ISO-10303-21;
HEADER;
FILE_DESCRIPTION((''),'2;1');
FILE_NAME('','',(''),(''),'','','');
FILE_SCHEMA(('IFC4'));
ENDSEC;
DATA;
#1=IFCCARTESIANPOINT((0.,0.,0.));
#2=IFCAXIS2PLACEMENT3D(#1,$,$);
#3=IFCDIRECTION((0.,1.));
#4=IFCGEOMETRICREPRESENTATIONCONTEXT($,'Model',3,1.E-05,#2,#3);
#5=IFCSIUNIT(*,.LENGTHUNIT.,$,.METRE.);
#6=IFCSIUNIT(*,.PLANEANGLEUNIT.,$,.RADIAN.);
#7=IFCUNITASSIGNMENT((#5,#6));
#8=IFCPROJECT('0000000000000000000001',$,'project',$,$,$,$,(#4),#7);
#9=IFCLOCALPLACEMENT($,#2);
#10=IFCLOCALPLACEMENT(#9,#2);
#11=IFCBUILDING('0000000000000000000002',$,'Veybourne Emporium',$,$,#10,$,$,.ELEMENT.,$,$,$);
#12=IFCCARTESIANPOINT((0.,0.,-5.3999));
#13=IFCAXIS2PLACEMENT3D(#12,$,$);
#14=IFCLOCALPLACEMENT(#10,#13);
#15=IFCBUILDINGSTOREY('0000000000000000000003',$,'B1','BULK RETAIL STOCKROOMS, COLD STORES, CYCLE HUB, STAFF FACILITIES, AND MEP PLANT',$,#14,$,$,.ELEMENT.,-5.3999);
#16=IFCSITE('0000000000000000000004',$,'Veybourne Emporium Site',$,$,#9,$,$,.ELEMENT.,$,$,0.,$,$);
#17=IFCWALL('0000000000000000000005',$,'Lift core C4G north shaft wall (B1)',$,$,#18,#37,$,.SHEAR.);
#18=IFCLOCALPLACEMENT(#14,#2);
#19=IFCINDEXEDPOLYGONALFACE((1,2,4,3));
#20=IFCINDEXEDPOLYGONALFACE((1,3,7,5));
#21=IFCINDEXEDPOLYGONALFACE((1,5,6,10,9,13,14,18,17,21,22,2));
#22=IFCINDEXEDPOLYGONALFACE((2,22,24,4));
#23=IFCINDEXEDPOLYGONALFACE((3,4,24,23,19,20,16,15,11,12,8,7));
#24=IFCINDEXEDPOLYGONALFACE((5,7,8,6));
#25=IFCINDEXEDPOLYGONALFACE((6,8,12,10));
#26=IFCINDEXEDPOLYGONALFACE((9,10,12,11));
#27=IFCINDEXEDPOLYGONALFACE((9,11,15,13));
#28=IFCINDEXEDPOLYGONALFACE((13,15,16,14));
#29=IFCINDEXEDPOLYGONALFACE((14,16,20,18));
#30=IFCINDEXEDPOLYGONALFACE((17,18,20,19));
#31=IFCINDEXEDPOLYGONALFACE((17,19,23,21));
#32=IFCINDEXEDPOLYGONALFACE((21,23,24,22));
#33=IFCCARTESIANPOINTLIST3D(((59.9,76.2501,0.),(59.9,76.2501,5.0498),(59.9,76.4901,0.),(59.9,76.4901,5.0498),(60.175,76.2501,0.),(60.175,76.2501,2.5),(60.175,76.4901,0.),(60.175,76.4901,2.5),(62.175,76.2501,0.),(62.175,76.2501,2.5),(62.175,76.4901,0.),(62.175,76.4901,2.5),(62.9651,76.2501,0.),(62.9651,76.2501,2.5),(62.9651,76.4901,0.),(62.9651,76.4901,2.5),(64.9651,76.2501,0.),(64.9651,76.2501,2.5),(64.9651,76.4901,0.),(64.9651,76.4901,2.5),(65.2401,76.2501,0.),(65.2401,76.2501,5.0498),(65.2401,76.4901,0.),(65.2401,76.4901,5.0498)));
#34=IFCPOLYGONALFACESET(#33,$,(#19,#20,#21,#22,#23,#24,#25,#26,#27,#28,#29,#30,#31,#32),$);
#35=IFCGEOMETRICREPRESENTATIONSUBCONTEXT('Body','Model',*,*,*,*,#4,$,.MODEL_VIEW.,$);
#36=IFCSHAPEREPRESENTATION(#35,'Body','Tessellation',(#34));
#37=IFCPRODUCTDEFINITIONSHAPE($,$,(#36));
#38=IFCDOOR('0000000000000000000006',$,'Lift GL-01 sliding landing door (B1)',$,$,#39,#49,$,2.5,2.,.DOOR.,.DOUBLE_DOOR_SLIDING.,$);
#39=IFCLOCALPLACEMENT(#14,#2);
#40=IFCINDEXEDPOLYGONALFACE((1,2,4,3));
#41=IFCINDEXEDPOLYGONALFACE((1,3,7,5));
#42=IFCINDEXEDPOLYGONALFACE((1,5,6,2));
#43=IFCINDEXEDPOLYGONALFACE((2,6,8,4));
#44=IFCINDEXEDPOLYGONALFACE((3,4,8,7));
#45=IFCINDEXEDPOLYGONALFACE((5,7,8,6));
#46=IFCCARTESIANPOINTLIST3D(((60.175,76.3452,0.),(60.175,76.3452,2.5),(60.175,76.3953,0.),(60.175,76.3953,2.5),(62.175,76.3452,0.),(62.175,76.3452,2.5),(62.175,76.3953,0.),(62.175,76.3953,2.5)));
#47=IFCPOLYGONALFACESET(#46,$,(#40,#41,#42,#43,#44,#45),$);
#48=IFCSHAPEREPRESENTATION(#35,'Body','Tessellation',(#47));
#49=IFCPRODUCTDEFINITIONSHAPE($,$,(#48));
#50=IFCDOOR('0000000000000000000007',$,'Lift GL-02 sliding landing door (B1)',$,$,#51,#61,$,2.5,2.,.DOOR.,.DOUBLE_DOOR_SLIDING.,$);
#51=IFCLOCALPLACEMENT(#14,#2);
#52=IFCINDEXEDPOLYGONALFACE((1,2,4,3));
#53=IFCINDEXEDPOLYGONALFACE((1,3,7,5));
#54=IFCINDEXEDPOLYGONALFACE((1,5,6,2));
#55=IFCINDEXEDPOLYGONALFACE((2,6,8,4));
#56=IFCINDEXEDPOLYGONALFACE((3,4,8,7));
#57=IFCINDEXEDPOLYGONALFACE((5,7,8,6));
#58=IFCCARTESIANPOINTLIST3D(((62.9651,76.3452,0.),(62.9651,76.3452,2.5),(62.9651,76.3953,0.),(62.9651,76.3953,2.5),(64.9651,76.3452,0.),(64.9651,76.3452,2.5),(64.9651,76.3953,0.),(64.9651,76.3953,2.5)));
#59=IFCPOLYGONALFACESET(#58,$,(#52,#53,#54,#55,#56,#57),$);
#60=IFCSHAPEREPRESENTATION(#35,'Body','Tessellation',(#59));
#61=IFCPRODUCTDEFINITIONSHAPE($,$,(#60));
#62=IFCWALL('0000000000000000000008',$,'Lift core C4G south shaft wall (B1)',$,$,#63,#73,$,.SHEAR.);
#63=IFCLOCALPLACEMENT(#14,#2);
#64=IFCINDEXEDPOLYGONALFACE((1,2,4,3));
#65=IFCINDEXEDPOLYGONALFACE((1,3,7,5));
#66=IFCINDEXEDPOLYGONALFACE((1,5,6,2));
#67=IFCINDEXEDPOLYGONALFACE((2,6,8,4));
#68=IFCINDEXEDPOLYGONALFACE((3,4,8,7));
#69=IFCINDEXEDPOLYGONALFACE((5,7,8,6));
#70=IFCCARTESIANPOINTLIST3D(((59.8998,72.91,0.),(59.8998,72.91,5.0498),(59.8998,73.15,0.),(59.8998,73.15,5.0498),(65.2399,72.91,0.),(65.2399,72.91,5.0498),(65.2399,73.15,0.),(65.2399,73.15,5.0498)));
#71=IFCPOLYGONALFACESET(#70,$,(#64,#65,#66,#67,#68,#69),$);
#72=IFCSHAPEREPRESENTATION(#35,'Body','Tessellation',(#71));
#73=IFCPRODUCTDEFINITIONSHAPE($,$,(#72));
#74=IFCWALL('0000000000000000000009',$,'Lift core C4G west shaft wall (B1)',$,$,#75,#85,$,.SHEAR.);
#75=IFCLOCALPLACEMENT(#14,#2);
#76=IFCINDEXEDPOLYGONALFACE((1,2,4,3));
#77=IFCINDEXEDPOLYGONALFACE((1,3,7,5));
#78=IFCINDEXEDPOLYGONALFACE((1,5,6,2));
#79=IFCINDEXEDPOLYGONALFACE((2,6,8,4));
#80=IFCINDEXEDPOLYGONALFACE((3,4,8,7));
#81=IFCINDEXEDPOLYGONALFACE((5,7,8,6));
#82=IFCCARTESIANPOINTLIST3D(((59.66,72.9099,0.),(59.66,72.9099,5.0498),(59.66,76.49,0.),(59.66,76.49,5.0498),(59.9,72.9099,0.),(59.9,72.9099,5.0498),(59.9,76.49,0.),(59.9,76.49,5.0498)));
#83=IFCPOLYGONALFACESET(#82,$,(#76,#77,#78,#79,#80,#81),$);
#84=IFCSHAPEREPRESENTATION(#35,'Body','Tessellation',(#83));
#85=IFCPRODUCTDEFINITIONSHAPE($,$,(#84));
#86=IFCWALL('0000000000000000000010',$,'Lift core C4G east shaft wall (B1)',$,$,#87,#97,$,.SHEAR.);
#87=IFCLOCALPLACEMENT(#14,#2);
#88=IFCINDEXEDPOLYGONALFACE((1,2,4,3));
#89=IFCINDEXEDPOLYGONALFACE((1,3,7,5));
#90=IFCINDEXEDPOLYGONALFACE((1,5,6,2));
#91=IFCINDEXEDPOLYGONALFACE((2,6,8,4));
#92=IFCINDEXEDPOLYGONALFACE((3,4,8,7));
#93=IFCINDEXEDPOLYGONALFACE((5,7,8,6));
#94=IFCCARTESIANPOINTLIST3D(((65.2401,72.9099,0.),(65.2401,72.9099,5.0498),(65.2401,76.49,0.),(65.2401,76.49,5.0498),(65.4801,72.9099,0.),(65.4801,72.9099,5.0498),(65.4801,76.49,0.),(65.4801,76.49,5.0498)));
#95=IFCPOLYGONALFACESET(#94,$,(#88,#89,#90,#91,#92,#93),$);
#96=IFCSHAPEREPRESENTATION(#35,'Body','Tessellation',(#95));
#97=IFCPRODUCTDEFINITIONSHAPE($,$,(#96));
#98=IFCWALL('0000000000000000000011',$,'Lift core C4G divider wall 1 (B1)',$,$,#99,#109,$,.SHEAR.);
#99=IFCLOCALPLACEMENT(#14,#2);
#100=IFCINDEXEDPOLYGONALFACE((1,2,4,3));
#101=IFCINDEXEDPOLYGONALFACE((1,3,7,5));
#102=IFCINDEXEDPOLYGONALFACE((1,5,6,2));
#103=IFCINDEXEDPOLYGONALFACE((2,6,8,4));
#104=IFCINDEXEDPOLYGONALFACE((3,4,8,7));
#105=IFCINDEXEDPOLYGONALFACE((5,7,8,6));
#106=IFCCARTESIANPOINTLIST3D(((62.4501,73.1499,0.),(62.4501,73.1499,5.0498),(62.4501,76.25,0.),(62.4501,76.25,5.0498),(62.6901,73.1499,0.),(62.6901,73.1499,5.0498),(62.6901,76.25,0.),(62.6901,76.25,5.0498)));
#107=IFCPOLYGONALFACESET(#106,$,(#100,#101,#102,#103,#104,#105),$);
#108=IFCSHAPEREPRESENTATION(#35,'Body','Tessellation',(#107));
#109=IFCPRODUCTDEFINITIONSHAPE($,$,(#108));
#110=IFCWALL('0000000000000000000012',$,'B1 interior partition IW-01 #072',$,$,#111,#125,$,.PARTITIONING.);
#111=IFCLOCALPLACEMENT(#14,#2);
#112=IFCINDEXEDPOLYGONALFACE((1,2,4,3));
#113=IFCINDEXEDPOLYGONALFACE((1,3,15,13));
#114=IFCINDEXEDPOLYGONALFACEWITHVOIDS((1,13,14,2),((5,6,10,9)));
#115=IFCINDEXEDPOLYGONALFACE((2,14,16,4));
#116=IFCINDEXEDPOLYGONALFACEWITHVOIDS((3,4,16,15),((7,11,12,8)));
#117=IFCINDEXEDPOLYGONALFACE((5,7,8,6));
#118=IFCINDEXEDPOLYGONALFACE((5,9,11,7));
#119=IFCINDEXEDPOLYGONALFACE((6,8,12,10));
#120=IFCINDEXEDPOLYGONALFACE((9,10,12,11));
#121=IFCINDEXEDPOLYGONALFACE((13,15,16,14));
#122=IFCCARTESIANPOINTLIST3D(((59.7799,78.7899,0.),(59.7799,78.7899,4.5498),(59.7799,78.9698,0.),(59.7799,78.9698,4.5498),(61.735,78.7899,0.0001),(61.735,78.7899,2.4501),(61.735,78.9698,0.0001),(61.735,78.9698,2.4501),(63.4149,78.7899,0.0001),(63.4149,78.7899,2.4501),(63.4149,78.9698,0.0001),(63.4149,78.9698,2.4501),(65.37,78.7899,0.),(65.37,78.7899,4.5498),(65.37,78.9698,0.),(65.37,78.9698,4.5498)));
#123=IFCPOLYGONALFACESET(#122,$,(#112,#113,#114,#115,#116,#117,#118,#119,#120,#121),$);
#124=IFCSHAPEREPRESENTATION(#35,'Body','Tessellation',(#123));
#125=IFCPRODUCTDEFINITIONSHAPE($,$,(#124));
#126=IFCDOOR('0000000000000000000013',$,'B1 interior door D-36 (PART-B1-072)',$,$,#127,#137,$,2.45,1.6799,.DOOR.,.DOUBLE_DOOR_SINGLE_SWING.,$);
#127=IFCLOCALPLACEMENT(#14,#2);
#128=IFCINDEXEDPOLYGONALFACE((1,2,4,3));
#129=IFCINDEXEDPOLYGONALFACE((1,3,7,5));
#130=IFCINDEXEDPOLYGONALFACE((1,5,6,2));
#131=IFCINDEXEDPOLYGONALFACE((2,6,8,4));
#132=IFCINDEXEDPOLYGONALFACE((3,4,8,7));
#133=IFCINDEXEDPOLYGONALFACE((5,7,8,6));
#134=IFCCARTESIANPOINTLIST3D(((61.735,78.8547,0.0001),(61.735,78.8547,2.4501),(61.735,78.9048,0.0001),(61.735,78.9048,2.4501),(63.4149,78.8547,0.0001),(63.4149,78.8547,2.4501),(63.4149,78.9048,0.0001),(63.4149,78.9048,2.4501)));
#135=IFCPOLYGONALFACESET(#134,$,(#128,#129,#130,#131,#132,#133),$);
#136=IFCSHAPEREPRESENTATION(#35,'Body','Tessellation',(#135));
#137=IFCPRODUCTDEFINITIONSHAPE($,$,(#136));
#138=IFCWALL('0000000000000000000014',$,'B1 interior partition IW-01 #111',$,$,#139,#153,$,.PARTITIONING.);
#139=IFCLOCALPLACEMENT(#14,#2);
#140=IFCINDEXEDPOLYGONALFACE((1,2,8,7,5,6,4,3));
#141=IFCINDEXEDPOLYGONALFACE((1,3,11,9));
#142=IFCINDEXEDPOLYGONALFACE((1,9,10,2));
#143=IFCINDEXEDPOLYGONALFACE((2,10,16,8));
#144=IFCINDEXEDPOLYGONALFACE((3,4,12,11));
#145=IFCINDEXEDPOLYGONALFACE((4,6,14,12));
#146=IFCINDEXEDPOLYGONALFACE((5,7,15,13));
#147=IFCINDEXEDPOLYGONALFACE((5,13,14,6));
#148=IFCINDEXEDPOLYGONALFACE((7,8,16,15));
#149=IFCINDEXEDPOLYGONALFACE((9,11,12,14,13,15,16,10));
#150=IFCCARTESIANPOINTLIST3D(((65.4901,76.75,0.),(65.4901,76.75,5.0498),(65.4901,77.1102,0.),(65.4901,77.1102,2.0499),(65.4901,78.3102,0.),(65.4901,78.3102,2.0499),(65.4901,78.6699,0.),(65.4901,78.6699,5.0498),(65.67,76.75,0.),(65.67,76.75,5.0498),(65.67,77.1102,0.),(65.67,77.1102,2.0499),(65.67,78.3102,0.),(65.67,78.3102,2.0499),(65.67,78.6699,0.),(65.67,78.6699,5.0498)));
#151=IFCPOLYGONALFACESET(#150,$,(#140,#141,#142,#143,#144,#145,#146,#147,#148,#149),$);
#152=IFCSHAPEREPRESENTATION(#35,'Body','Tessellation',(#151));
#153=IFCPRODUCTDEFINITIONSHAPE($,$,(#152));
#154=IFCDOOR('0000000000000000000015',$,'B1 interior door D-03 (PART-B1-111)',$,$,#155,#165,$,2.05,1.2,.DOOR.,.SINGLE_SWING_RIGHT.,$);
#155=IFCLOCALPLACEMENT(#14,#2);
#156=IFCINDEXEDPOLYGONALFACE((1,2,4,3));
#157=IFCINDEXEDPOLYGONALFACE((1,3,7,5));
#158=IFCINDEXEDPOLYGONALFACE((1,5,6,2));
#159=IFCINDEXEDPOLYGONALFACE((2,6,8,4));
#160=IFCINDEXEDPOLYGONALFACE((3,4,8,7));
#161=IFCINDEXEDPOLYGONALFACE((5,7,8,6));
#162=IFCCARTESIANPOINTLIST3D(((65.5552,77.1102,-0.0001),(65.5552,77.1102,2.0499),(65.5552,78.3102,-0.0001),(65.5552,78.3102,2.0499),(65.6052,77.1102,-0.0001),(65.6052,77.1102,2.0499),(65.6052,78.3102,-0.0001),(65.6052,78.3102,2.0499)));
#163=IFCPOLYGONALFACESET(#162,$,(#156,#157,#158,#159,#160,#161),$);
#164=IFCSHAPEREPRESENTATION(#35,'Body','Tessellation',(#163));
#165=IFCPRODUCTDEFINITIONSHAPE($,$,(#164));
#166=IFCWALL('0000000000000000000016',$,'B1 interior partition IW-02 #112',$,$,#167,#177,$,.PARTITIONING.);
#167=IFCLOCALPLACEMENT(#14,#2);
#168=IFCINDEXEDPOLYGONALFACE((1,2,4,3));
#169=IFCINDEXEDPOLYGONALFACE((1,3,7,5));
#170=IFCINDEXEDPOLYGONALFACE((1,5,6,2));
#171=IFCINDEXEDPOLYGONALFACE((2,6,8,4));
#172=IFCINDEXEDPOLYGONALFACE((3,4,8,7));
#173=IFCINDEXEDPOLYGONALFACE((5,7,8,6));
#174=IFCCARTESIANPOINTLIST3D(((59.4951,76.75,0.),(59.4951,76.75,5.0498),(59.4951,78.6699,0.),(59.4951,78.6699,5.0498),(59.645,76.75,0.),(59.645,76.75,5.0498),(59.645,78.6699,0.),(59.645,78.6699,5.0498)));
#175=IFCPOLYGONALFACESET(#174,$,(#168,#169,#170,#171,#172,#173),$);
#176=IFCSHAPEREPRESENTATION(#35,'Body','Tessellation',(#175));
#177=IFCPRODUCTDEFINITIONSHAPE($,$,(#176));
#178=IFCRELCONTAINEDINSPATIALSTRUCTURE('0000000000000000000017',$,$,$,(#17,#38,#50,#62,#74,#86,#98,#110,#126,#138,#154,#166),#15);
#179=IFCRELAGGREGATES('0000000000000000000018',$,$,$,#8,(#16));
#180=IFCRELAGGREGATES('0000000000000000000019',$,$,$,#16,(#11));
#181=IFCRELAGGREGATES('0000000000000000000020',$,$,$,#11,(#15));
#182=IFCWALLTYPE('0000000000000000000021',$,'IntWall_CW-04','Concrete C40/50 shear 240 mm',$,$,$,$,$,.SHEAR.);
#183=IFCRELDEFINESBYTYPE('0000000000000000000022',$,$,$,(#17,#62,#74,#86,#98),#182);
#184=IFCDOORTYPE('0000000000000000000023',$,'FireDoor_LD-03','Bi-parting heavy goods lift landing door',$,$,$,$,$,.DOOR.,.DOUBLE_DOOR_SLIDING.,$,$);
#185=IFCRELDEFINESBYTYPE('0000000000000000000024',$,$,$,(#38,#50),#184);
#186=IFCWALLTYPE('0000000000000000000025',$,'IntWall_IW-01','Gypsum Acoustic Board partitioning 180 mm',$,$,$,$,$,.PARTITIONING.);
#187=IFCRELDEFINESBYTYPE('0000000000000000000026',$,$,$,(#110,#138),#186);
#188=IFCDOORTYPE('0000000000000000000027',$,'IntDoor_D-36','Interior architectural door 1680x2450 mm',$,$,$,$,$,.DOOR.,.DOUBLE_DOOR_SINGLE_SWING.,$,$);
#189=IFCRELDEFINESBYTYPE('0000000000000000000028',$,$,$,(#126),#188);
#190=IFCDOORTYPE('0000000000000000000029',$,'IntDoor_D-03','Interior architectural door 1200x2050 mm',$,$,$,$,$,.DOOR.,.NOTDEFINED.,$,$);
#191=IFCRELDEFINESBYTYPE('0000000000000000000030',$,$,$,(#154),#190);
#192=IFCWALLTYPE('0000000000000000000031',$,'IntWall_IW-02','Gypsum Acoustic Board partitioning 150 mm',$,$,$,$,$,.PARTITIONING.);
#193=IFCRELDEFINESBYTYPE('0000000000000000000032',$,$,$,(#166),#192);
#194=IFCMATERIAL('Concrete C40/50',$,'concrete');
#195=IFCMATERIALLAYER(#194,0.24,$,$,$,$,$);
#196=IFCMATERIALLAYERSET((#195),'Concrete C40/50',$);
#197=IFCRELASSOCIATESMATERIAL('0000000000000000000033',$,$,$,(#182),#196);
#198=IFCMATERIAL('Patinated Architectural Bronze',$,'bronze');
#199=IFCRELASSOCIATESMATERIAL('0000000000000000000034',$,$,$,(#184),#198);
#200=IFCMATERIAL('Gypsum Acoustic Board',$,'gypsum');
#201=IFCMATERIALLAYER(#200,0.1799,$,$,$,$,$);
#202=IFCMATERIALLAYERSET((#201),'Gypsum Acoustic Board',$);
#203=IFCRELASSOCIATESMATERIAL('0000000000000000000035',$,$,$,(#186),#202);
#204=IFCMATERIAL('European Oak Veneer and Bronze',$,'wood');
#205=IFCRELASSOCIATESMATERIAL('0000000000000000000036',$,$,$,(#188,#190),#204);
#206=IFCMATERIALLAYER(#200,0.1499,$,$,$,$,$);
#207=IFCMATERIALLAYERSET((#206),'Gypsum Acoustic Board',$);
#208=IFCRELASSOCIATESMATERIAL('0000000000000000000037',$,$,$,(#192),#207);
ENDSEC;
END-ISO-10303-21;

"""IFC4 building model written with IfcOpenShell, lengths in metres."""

from ifc_helpers import new_model, si_unit, direction, frame, frame_2d, origin, place, context, subcontext, project, spatial, rectangle, extrude, material, layer, layer_set, type_object, element, fill, save


model = new_model("IFC4")

# Units and contexts
model_context = context("Model", 3, precision=1e-05, world=origin(), true_north=direction((0.0, 1.0)))
body_context = subcontext(model_context, "Body", "Model", "MODEL_VIEW")
ifc_project = project(units=[si_unit("LENGTHUNIT", "METRE"), si_unit("PLANEANGLEUNIT", "RADIAN")], contexts=[model_context])

# Site, building, storey
site_placement = place(None, origin())
site = spatial("IfcSite", under=ifc_project, at=site_placement, Name="Veybourne Emporium Site", CompositionType="ELEMENT", RefElevation=0.0)
building_placement = place(site_placement, origin())
building = spatial("IfcBuilding", under=site, at=building_placement, Name="Veybourne Emporium", CompositionType="ELEMENT")
storey_placement = place(building_placement, frame((0.0, 0.0, -5.3999)))
storey = spatial("IfcBuildingStorey", under=building, at=storey_placement, Name="B1", Description="BULK RETAIL STOCKROOMS, COLD STORES, CYCLE HUB, STAFF FACILITIES, AND MEP PLANT", CompositionType="ELEMENT", Elevation=-5.3999)

# Shared definitions
ifc_material_1 = material(Name="Concrete C40/50", Category="concrete")

# Wall, openings, doors
ifc_layer_1 = layer(ifc_material_1, 0.24)
ifc_layer_set_1 = layer_set([ifc_layer_1], Name="Concrete C40/50")
wall_type_1 = type_object("IfcWallType", Name="IntWall_CW-04", Description="Concrete C40/50 shear 240 mm", PredefinedType="SHEAR", material=ifc_layer_set_1)
wall_1_placement = place(storey_placement, frame((65.24, 76.3701, 0.0), z_axis=(0.0, 0.0, 1.0), x_axis=(-1.0, 0.0, 0.0)))
wall_1 = element("IfcWall", 1, at=wall_1_placement, inside=storey, type_object=wall_type_1, Name="Lift core C4G north shaft wall (B1)", PredefinedType="SHEAR", context=body_context, shape_type="SweptSolid", body=[
    extrude(rectangle(XDim=5.3401, YDim=0.24, at=frame_2d((2.6699, 0.0))), origin(), (0.0, 0.0, 1.0), 5.0498),
])
opening_1_placement = place(wall_1_placement, frame((3.0649, 0.0, 0.0)))
opening_1 = element("IfcOpeningElement", 2, at=opening_1_placement, cuts=wall_1, PredefinedType="OPENING", context=body_context, shape_type="SweptSolid", body=[
    extrude(rectangle(XDim=2.0, YDim=2.5, at=frame_2d((1.0, 1.25))), frame((0.0, 0.1401, 0.0), z_axis=(0.0, -1.0, 0.0), x_axis=(1.0, 0.0, 0.0)), (0.0, 0.0, 1.0), 0.28),
])
opening_2_placement = place(wall_1_placement, frame((0.2749, 0.0, 0.0)))
opening_2 = element("IfcOpeningElement", 3, at=opening_2_placement, cuts=wall_1, PredefinedType="OPENING", context=body_context, shape_type="SweptSolid", body=[
    extrude(rectangle(XDim=2.0, YDim=2.5, at=frame_2d((1.0, 1.25))), frame((0.0, 0.1401, 0.0), z_axis=(0.0, -1.0, 0.0), x_axis=(1.0, 0.0, 0.0)), (0.0, 0.0, 1.0), 0.28),
])
ifc_material_2 = material(Name="Patinated Architectural Bronze", Category="bronze")
door_type_1 = type_object("IfcDoorType", Name="FireDoor_LD-03", Description="Bi-parting heavy goods lift landing door", OperationType="DOUBLE_DOOR_SLIDING", PredefinedType="DOOR", material=ifc_material_2)
door_1_placement = place(opening_1_placement, origin())
door_1 = element("IfcDoor", 4, at=door_1_placement, inside=storey, type_object=door_type_1, Name="Lift GL-01 sliding landing door (B1)", OperationType="DOUBLE_DOOR_SLIDING", OverallHeight=2.5, OverallWidth=2.0, PredefinedType="DOOR", context=body_context, shape_type="SweptSolid", body=[
    extrude(rectangle(XDim=2.0, YDim=2.5, at=frame_2d((1.0, 1.25))), frame((0.0, 0.0249, 0.0), z_axis=(0.0, -1.0, 0.0), x_axis=(1.0, 0.0, 0.0)), (0.0, 0.0, 1.0), 0.05),
])
fill(opening_1, door_1)
door_2_placement = place(opening_2_placement, origin())
door_2 = element("IfcDoor", 5, at=door_2_placement, inside=storey, type_object=door_type_1, Name="Lift GL-02 sliding landing door (B1)", OperationType="DOUBLE_DOOR_SLIDING", OverallHeight=2.5, OverallWidth=2.0, PredefinedType="DOOR", context=body_context, shape_type="SweptSolid", body=[
    extrude(rectangle(XDim=2.0, YDim=2.5, at=frame_2d((1.0, 1.25))), frame((0.0, 0.0249, 0.0), z_axis=(0.0, -1.0, 0.0), x_axis=(1.0, 0.0, 0.0)), (0.0, 0.0, 1.0), 0.05),
])
fill(opening_2, door_2)

# Walls
wall_2_placement = place(storey_placement, frame((59.8999, 73.03, 0.0), z_axis=(0.0, 0.0, 1.0), x_axis=(1.0, 0.0, 0.0)))
element("IfcWall", 6, at=wall_2_placement, inside=storey, type_object=wall_type_1, Name="Lift core C4G south shaft wall (B1)", PredefinedType="SHEAR", context=body_context, shape_type="SweptSolid", body=[
    extrude(rectangle(XDim=5.3401, YDim=0.24, at=frame_2d((2.6699, 0.0))), origin(), (0.0, 0.0, 1.0), 5.0498),
])
for number, where, z_axis, x_axis, name in (
    (7, (59.78, 76.49, 0.0), (0.0, 0.0, 1.0), (0.0, -1.0, 0.0), "Lift core C4G west shaft wall (B1)"),
    (8, (65.3601, 72.9099, 0.0), (0.0, 0.0, 1.0), (0.0, 1.0, 0.0), "Lift core C4G east shaft wall (B1)"),
):
    element("IfcWall", number, at=place(storey_placement, frame(where, z_axis=z_axis, x_axis=x_axis)), inside=storey, type_object=wall_type_1, Name=name, PredefinedType="SHEAR", context=body_context, shape_type="SweptSolid", body=[
        extrude(rectangle(XDim=3.5801, YDim=0.24, at=frame_2d((1.79, 0.0))), origin(), (0.0, 0.0, 1.0), 5.0498),
    ])
wall_3_placement = place(storey_placement, frame((62.5701, 73.1499, 0.0), z_axis=(0.0, 0.0, 1.0), x_axis=(0.0, 1.0, 0.0)))
element("IfcWall", 9, at=wall_3_placement, inside=storey, type_object=wall_type_1, Name="Lift core C4G divider wall 1 (B1)", PredefinedType="SHEAR", context=body_context, shape_type="SweptSolid", body=[
    extrude(rectangle(XDim=3.1001, YDim=0.24, at=frame_2d((1.55, 0.0))), origin(), (0.0, 0.0, 1.0), 5.0498),
])

# Walls, openings, doors
ifc_material_3 = material(Name="Gypsum Acoustic Board", Category="gypsum")
ifc_layer_2 = layer(ifc_material_3, 0.1799)
ifc_layer_set_2 = layer_set([ifc_layer_2], Name="Gypsum Acoustic Board")
wall_type_2 = type_object("IfcWallType", Name="IntWall_IW-01", Description="Gypsum Acoustic Board partitioning 180 mm", PredefinedType="PARTITIONING", material=ifc_layer_set_2)
wall_4_placement = place(storey_placement, frame((59.78, 78.8799, 0.0), z_axis=(0.0, 0.0, 1.0), x_axis=(1.0, 0.0, 0.0)))
wall_4 = element("IfcWall", 10, at=wall_4_placement, inside=storey, type_object=wall_type_2, Name="B1 interior partition IW-01 #072", PredefinedType="PARTITIONING", context=body_context, shape_type="SweptSolid", body=[
    extrude(rectangle(XDim=5.5901, YDim=0.1799, at=frame_2d((2.7949, 0.0))), origin(), (0.0, 0.0, 1.0), 4.5498),
])
opening_3_placement = place(wall_4_placement, frame((1.9551, 0.0, 0.0)))
opening_3 = element("IfcOpeningElement", 11, at=opening_3_placement, cuts=wall_4, PredefinedType="OPENING", context=body_context, shape_type="SweptSolid", body=[
    extrude(rectangle(XDim=1.6799, YDim=2.45, at=frame_2d((0.8398, 1.2251))), frame((0.0, 0.1099, 0.0), z_axis=(0.0, -1.0, 0.0), x_axis=(1.0, 0.0, 0.0)), (0.0, 0.0, 1.0), 0.22),
])
ifc_material_4 = material(Name="European Oak Veneer and Bronze", Category="wood")
door_type_2 = type_object("IfcDoorType", Name="IntDoor_D-36", Description="Interior architectural door 1680x2450 mm", OperationType="DOUBLE_DOOR_SINGLE_SWING", PredefinedType="DOOR", material=ifc_material_4)
door_3_placement = place(opening_3_placement, origin())
door_3 = element("IfcDoor", 12, at=door_3_placement, inside=storey, type_object=door_type_2, Name="B1 interior door D-36 (PART-B1-072)", OperationType="DOUBLE_DOOR_SINGLE_SWING", OverallHeight=2.45, OverallWidth=1.6799, PredefinedType="DOOR", context=body_context, shape_type="SweptSolid", body=[
    extrude(rectangle(XDim=1.6799, YDim=2.45, at=frame_2d((0.8398, 1.2251))), frame((0.0, 0.0249, 0.0), z_axis=(0.0, -1.0, 0.0), x_axis=(1.0, 0.0, 0.0)), (0.0, 0.0, 1.0), 0.05),
])
fill(opening_3, door_3)
wall_5_placement = place(storey_placement, frame((65.5801, 76.75, 0.0), z_axis=(0.0, 0.0, 1.0), x_axis=(0.0, 1.0, 0.0)))
wall_5 = element("IfcWall", 13, at=wall_5_placement, inside=storey, type_object=wall_type_2, Name="B1 interior partition IW-01 #111", PredefinedType="PARTITIONING", context=body_context, shape_type="SweptSolid", body=[
    extrude(rectangle(XDim=1.9199, YDim=0.1799, at=frame_2d((0.96, 0.0))), origin(), (0.0, 0.0, 1.0), 5.0498),
])
opening_4_placement = place(wall_5_placement, frame((0.3601, 0.0, 0.0)))
opening_4 = element("IfcOpeningElement", 14, at=opening_4_placement, cuts=wall_5, PredefinedType="OPENING", context=body_context, shape_type="SweptSolid", body=[
    extrude(rectangle(XDim=1.2, YDim=2.05, at=frame_2d((0.6001, 1.0249))), frame((0.0, 0.1099, 0.0), z_axis=(0.0, -1.0, 0.0), x_axis=(1.0, 0.0, 0.0)), (0.0, 0.0, 1.0), 0.22),
])
door_type_3 = type_object("IfcDoorType", Name="IntDoor_D-03", Description="Interior architectural door 1200x2050 mm", OperationType="NOTDEFINED", PredefinedType="DOOR", material=ifc_material_4)
door_4_placement = place(opening_4_placement, origin())
door_4 = element("IfcDoor", 15, at=door_4_placement, inside=storey, type_object=door_type_3, Name="B1 interior door D-03 (PART-B1-111)", OperationType="SINGLE_SWING_RIGHT", OverallHeight=2.05, OverallWidth=1.2, PredefinedType="DOOR", context=body_context, shape_type="SweptSolid", body=[
    extrude(rectangle(XDim=1.2, YDim=2.05, at=frame_2d((0.6001, 1.0249))), frame((0.0, 0.0249, 0.0), z_axis=(0.0, -1.0, 0.0), x_axis=(1.0, 0.0, 0.0)), (0.0, 0.0, 1.0), 0.05),
])
fill(opening_4, door_4)

# Wall
ifc_layer_3 = layer(ifc_material_3, 0.1499)
ifc_layer_set_3 = layer_set([ifc_layer_3], Name="Gypsum Acoustic Board")
wall_type_3 = type_object("IfcWallType", Name="IntWall_IW-02", Description="Gypsum Acoustic Board partitioning 150 mm", PredefinedType="PARTITIONING", material=ifc_layer_set_3)
wall_6_placement = place(storey_placement, frame((59.5701, 76.75, 0.0), z_axis=(0.0, 0.0, 1.0), x_axis=(0.0, 1.0, 0.0)))
element("IfcWall", 16, at=wall_6_placement, inside=storey, type_object=wall_type_3, Name="B1 interior partition IW-02 #112", PredefinedType="PARTITIONING", context=body_context, shape_type="SweptSolid", body=[
    extrude(rectangle(XDim=1.9199, YDim=0.1499, at=frame_2d((0.96, 0.0))), origin(), (0.0, 0.0, 1.0), 5.0498),
])

save(model, "model.ifc")
